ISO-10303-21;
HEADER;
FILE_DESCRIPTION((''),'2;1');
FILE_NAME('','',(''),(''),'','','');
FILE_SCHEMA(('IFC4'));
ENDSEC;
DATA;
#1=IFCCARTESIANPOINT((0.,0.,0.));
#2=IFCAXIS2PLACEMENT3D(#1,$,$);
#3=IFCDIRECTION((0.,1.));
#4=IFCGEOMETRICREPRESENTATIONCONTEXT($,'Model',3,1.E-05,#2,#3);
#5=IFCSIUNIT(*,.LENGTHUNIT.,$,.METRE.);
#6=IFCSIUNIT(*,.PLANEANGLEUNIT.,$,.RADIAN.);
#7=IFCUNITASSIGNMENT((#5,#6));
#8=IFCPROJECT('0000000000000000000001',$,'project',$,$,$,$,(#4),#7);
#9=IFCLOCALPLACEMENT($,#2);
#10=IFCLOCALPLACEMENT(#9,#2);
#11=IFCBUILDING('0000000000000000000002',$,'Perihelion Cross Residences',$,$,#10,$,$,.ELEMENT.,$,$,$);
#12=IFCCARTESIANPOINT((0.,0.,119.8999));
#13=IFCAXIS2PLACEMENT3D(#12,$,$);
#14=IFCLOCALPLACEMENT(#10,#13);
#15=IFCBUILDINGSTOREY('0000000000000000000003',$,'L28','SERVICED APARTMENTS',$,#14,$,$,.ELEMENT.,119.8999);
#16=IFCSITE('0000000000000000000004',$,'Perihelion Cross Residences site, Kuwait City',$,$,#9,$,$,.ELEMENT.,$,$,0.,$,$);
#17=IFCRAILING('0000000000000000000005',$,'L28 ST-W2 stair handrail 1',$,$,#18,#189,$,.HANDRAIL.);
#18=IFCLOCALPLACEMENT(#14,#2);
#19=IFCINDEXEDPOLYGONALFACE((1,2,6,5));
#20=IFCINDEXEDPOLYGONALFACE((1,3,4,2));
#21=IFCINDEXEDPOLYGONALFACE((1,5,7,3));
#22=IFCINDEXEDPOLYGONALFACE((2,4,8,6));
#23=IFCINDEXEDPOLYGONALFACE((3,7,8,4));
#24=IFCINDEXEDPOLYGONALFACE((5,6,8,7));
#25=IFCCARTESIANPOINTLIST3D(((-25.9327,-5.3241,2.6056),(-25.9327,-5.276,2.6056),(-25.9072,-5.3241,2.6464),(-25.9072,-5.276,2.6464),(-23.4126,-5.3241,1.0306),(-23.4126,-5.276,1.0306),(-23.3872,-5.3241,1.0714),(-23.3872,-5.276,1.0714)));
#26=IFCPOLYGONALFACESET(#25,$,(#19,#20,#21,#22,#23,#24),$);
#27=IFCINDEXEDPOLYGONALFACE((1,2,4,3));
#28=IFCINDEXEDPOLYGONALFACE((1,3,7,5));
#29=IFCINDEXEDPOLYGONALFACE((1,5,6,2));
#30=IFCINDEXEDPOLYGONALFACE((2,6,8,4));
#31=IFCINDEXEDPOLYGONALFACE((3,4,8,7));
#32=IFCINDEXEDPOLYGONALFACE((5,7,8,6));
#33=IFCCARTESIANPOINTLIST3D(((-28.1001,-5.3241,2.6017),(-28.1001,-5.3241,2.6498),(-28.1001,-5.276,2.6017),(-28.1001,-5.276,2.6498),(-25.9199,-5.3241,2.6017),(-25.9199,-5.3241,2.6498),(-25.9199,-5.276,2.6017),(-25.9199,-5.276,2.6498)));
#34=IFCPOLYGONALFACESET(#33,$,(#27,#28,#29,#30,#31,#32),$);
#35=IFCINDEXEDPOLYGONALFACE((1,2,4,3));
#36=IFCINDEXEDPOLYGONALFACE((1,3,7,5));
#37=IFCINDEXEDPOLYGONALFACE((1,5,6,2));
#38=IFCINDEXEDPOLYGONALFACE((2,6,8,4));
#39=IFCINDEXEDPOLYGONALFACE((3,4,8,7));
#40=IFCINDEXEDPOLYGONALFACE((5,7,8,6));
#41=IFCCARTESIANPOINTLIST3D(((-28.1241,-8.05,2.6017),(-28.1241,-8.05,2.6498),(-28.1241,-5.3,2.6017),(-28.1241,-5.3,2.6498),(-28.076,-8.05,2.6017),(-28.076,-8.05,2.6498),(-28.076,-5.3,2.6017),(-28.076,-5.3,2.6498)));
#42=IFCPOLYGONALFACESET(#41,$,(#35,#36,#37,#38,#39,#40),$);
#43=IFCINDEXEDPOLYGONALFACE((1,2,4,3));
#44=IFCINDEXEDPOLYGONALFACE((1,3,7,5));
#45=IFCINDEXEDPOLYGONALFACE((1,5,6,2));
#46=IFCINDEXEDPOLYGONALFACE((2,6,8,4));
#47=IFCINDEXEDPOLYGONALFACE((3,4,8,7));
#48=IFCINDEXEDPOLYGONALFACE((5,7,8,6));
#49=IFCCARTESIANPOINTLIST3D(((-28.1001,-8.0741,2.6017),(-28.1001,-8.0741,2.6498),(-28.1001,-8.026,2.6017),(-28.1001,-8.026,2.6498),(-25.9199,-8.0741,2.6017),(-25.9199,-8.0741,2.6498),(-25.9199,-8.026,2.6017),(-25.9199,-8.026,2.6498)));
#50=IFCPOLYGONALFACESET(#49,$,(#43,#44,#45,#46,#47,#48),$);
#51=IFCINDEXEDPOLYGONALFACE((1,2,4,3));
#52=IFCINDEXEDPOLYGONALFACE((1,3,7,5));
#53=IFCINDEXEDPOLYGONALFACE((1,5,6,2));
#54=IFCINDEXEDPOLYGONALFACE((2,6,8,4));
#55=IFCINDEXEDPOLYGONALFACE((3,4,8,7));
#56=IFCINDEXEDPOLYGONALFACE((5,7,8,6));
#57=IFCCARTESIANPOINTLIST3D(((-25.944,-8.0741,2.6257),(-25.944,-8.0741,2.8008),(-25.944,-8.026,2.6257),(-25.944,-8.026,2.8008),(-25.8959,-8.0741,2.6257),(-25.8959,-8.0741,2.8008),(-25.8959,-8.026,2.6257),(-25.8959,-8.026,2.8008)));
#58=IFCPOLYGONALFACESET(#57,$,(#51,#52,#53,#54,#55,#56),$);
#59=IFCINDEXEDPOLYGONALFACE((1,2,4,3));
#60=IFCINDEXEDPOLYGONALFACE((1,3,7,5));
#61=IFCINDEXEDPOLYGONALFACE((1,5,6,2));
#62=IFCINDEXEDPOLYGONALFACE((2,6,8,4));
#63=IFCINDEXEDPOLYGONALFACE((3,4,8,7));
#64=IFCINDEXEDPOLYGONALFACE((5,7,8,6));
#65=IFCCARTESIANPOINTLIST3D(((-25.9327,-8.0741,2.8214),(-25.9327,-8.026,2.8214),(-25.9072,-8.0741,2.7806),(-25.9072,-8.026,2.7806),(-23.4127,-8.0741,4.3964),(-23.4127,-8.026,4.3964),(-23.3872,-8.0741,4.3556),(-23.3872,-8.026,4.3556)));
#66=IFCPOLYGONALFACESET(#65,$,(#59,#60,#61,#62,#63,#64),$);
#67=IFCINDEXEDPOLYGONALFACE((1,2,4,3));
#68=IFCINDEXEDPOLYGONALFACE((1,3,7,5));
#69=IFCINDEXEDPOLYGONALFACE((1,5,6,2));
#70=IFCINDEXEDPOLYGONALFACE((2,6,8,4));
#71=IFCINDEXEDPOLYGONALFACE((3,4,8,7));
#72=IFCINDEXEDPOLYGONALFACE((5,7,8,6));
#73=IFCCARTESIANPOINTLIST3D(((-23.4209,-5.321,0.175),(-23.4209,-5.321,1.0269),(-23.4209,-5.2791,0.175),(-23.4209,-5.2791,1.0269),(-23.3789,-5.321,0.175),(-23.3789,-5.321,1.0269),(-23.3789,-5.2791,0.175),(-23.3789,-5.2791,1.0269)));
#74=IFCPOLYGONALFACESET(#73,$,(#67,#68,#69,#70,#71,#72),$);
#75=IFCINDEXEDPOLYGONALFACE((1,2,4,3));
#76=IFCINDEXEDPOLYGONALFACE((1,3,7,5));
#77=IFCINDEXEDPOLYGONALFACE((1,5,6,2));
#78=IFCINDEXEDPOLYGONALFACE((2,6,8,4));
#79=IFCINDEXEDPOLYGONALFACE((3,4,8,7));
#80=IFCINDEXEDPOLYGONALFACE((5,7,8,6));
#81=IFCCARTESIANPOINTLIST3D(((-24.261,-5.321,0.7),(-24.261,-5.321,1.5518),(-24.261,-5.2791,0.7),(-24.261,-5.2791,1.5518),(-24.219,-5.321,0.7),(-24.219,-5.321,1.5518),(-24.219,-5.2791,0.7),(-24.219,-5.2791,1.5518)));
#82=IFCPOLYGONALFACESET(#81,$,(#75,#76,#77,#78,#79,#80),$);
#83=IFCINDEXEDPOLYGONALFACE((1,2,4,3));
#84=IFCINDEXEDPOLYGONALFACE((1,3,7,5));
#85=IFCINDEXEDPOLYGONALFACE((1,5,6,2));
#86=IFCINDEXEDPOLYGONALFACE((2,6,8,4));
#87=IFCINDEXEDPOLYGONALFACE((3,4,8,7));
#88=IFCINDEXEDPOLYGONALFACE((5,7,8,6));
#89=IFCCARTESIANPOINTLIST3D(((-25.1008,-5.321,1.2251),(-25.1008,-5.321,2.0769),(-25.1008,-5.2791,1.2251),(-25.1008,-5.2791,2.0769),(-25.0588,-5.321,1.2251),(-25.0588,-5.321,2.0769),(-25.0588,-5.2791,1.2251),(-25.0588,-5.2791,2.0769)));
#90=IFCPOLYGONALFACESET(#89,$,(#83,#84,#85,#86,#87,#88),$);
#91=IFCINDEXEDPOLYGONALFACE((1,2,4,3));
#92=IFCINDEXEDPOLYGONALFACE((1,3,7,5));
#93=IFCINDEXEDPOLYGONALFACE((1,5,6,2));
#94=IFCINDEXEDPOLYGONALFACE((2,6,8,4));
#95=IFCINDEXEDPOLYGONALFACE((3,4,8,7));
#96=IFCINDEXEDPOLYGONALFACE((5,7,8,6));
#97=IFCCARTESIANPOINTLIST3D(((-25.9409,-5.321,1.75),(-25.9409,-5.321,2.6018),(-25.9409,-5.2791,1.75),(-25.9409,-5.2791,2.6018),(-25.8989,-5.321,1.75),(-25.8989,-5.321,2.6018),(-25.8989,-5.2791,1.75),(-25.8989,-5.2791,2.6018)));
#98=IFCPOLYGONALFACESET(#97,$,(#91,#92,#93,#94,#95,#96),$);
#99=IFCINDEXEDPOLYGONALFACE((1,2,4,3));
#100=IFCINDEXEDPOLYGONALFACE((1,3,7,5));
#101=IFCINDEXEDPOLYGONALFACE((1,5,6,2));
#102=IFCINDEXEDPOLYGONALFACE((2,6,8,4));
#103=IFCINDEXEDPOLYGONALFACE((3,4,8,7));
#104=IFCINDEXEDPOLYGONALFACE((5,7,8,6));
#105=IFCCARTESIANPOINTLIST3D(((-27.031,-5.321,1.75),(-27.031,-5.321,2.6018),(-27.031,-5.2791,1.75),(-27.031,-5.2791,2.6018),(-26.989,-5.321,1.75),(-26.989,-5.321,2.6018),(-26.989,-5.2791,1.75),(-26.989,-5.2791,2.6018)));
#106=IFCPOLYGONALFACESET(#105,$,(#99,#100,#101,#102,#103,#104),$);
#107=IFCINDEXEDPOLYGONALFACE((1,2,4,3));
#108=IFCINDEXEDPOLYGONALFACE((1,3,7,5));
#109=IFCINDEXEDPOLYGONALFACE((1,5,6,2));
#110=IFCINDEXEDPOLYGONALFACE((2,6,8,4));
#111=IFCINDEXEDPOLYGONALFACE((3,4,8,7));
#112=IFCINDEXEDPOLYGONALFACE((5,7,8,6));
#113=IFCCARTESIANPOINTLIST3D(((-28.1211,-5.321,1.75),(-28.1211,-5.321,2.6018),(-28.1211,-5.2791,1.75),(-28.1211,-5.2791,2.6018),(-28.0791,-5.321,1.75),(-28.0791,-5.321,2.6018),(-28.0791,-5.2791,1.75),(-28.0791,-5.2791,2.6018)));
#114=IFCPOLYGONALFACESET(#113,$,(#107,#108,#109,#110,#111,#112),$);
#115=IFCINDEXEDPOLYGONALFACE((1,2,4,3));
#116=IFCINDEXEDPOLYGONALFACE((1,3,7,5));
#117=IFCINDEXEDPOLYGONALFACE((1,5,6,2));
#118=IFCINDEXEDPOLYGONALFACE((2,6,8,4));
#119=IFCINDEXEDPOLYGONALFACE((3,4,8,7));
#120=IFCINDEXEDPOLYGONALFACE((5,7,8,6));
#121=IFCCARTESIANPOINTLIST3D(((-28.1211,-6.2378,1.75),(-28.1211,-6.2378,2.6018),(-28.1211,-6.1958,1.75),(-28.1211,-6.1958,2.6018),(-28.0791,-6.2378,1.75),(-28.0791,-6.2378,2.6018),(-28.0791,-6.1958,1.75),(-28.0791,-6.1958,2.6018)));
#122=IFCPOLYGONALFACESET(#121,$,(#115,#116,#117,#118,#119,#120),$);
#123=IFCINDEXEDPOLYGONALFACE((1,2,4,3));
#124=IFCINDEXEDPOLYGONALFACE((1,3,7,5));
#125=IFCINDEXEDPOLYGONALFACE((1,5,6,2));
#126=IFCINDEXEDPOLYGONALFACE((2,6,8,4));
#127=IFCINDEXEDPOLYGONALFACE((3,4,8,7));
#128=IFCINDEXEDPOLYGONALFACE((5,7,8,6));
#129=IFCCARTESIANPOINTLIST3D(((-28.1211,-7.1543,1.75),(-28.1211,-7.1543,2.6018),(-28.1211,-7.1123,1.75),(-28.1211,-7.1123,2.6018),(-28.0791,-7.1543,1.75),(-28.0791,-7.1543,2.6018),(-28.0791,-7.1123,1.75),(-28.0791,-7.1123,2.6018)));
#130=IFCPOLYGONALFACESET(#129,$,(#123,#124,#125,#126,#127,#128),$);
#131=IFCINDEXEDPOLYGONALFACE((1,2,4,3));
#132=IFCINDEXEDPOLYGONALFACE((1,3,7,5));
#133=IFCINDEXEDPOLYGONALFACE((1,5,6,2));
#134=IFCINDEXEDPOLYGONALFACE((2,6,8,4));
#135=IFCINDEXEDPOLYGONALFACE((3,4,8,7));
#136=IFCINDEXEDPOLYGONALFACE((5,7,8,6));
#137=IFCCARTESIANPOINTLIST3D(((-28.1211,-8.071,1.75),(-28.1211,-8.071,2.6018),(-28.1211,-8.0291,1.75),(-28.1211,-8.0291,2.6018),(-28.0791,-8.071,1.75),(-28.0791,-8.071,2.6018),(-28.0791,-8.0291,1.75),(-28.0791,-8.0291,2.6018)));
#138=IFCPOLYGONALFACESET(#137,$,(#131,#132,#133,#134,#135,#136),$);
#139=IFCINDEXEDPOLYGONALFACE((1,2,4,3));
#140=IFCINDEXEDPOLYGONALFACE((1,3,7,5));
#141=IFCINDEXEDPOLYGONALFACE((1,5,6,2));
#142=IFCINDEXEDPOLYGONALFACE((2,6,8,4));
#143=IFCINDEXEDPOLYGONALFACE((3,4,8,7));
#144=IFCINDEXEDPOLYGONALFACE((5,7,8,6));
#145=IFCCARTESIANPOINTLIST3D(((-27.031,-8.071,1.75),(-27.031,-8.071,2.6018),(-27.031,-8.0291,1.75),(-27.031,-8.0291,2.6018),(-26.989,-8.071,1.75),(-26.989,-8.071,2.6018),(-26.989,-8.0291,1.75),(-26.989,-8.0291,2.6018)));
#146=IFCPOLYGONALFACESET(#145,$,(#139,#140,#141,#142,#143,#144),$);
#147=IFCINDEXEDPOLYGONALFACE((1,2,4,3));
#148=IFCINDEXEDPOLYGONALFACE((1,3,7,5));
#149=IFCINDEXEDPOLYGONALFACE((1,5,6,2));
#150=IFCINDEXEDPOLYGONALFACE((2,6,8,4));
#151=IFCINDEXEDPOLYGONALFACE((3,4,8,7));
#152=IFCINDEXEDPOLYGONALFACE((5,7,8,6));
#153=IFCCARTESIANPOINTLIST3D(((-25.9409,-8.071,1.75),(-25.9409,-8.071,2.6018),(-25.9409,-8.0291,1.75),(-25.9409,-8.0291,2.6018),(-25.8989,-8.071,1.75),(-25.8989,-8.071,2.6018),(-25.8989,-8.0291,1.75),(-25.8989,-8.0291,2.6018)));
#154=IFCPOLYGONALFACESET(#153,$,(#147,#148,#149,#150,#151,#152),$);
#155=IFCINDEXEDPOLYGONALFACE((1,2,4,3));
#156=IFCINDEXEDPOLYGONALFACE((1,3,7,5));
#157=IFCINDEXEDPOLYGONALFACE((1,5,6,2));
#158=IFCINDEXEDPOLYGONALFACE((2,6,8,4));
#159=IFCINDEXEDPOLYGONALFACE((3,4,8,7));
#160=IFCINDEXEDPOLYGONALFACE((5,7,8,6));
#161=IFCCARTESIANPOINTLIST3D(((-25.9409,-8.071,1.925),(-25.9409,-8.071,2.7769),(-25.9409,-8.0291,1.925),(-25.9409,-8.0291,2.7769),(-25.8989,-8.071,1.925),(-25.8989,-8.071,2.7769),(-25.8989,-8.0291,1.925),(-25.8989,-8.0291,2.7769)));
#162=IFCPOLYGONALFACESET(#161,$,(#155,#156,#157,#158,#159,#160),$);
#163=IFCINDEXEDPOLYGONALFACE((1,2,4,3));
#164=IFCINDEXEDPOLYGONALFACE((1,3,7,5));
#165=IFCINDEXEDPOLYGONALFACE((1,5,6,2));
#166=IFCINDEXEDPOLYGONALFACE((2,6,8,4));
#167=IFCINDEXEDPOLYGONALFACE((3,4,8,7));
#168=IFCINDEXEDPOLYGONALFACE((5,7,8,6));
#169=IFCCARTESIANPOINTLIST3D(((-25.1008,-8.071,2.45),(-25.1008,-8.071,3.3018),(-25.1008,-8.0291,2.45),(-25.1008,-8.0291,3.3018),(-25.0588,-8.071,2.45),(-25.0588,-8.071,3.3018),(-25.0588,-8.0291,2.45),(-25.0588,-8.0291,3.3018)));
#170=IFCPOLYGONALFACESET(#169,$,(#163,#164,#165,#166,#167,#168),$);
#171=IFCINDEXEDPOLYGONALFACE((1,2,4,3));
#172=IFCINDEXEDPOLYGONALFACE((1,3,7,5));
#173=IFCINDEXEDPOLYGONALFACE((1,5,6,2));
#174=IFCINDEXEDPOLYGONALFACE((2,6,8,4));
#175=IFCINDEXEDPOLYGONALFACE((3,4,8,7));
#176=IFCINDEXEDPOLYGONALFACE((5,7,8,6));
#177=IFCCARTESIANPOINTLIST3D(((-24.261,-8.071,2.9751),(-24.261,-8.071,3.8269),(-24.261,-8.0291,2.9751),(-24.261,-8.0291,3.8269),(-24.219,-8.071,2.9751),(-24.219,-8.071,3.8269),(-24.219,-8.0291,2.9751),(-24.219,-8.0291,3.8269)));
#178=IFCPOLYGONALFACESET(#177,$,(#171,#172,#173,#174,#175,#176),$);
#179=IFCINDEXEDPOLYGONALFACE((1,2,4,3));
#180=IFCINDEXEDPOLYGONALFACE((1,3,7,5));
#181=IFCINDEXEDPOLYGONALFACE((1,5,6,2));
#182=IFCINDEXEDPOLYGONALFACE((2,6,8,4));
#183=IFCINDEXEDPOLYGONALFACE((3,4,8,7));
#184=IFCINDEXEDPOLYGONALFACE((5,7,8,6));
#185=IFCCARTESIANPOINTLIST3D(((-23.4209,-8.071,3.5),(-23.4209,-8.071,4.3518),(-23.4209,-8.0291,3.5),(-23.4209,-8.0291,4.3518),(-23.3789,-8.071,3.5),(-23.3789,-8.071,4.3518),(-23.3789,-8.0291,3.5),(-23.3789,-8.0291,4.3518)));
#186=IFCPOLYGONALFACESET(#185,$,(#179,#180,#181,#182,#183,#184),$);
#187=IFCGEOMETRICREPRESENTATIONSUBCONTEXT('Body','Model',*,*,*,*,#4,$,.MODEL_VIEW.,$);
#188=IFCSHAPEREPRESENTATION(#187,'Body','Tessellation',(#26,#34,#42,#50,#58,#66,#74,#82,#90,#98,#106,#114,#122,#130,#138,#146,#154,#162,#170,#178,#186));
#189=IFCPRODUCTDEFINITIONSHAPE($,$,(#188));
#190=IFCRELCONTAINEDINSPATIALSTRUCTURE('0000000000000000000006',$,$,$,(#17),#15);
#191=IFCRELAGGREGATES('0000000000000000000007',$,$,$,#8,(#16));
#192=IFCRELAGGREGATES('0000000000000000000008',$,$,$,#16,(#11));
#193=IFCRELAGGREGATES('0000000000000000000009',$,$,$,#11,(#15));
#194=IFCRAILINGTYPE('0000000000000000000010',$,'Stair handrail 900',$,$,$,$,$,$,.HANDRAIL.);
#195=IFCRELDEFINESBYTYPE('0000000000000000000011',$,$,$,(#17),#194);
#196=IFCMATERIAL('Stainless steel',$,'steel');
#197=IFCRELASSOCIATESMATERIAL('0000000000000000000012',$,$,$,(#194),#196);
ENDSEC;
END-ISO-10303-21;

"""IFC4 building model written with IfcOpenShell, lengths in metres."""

from ifc_helpers import new_model, si_unit, direction, frame, origin, origin_2d, place, context, subcontext, project, spatial, rectangle, extrude, material, type_object, element, save


model = new_model("IFC4")

# Units and contexts
model_context = context("Model", 3, precision=1e-05, world=origin(), true_north=direction((0.0, 1.0)))
body_context = subcontext(model_context, "Body", "Model", "MODEL_VIEW")
ifc_project = project(units=[si_unit("LENGTHUNIT", "METRE"), si_unit("PLANEANGLEUNIT", "RADIAN")], contexts=[model_context])

# Site, building, storey
site_placement = place(None, origin())
site = spatial("IfcSite", under=ifc_project, at=site_placement, Name="Perihelion Cross Residences site, Kuwait City", CompositionType="ELEMENT", RefElevation=0.0)
building_placement = place(site_placement, origin())
building = spatial("IfcBuilding", under=site, at=building_placement, Name="Perihelion Cross Residences", CompositionType="ELEMENT")
storey_placement = place(building_placement, frame((0.0, 0.0, 119.8999)))
storey = spatial("IfcBuildingStorey", under=building, at=storey_placement, Name="L28", Description="SERVICED APARTMENTS", CompositionType="ELEMENT", Elevation=119.8999)

# Railing
ifc_material_1 = material(Name="Stainless steel", Category="steel")
railing_type_1 = type_object("IfcRailingType", Name="Stair handrail 900", PredefinedType="HANDRAIL", material=ifc_material_1)
railing_1_placement = place(storey_placement, frame((-23.3999, -5.3, 0.175)))
element("IfcRailing", 1, at=railing_1_placement, inside=storey, type_object=railing_type_1, Name="L28 ST-W2 stair handrail 1", PredefinedType="HANDRAIL", context=body_context, shape_type="SweptSolid", body=[
    extrude(rectangle(XDim=0.0481, YDim=0.0481, at=origin_2d()), frame((0.0, 0.0, 0.876), z_axis=(-0.848008, 0.0, 0.529984), x_axis=(0.0, -1.0, 0.0)), (0.0, 0.0, 1.0), 2.9717),
    extrude(rectangle(XDim=0.0481, YDim=0.0481, at=origin_2d()), frame((-2.52, 0.0, 2.4507), z_axis=(-1.0, 0.0, 0.0), x_axis=(0.0, -1.0, 0.0)), (0.0, 0.0, 1.0), 2.1802),
    extrude(rectangle(XDim=0.0481, YDim=0.0481, at=origin_2d()), frame((-4.7002, 0.0, 2.4507), z_axis=(0.0, -1.0, 0.0), x_axis=(1.0, 0.0, 0.0)), (0.0, 0.0, 1.0), 2.75),
    extrude(rectangle(XDim=0.0481, YDim=0.0481, at=origin_2d()), frame((-4.7002, -2.75, 2.4507), z_axis=(1.0, 0.0, 0.0), x_axis=(0.0, 1.0, 0.0)), (0.0, 0.0, 1.0), 2.1802),
    extrude(rectangle(XDim=0.0481, YDim=0.0481, at=origin_2d()), frame((-2.52, -2.75, 2.4507), z_axis=(0.0, 0.0, 1.0), x_axis=(1.0, 0.0, 0.0)), (0.0, 0.0, 1.0), 0.175),
    extrude(rectangle(XDim=0.0481, YDim=0.0481, at=origin_2d()), frame((-2.52, -2.75, 2.626), z_axis=(0.848008, 0.0, 0.529984), x_axis=(0.0, 1.0, 0.0)), (0.0, 0.0, 1.0), 2.9717),
    extrude(rectangle(XDim=0.042, YDim=0.042, at=origin_2d()), origin(), (0.0, 0.0, 1.0), 0.8518),
    extrude(rectangle(XDim=0.042, YDim=0.042, at=origin_2d()), frame((-0.8401, 0.0, 0.5249)), (0.0, 0.0, 1.0), 0.8518),
    extrude(rectangle(XDim=0.042, YDim=0.042, at=origin_2d()), frame((-1.6799, 0.0, 1.05)), (0.0, 0.0, 1.0), 0.8518),
    extrude(rectangle(XDim=0.042, YDim=0.042, at=origin_2d()), frame((-2.52, 0.0, 1.575)), (0.0, 0.0, 1.0), 0.8518),
    extrude(rectangle(XDim=0.042, YDim=0.042, at=origin_2d()), frame((-3.6101, 0.0, 1.575)), (0.0, 0.0, 1.0), 0.8518),
    extrude(rectangle(XDim=0.042, YDim=0.042, at=origin_2d()), frame((-4.7002, 0.0, 1.575)), (0.0, 0.0, 1.0), 0.8518),
    extrude(rectangle(XDim=0.042, YDim=0.042, at=origin_2d()), frame((-4.7002, -0.9167, 1.575)), (0.0, 0.0, 1.0), 0.8518),
    extrude(rectangle(XDim=0.042, YDim=0.042, at=origin_2d()), frame((-4.7002, -1.8333, 1.575)), (0.0, 0.0, 1.0), 0.8518),
    extrude(rectangle(XDim=0.042, YDim=0.042, at=origin_2d()), frame((-4.7002, -2.75, 1.575)), (0.0, 0.0, 1.0), 0.8518),
    extrude(rectangle(XDim=0.042, YDim=0.042, at=origin_2d()), frame((-3.6101, -2.75, 1.575)), (0.0, 0.0, 1.0), 0.8518),
    extrude(rectangle(XDim=0.042, YDim=0.042, at=origin_2d()), frame((-2.52, -2.75, 1.575)), (0.0, 0.0, 1.0), 0.8518),
    extrude(rectangle(XDim=0.042, YDim=0.042, at=origin_2d()), frame((-2.52, -2.75, 1.75)), (0.0, 0.0, 1.0), 0.8518),
    extrude(rectangle(XDim=0.042, YDim=0.042, at=origin_2d()), frame((-1.6799, -2.75, 2.2749)), (0.0, 0.0, 1.0), 0.8518),
    extrude(rectangle(XDim=0.042, YDim=0.042, at=origin_2d()), frame((-0.8401, -2.75, 2.8)), (0.0, 0.0, 1.0), 0.8518),
    extrude(rectangle(XDim=0.042, YDim=0.042, at=origin_2d()), frame((0.0, -2.75, 3.325)), (0.0, 0.0, 1.0), 0.8518),
])

save(model, "model.ifc")
